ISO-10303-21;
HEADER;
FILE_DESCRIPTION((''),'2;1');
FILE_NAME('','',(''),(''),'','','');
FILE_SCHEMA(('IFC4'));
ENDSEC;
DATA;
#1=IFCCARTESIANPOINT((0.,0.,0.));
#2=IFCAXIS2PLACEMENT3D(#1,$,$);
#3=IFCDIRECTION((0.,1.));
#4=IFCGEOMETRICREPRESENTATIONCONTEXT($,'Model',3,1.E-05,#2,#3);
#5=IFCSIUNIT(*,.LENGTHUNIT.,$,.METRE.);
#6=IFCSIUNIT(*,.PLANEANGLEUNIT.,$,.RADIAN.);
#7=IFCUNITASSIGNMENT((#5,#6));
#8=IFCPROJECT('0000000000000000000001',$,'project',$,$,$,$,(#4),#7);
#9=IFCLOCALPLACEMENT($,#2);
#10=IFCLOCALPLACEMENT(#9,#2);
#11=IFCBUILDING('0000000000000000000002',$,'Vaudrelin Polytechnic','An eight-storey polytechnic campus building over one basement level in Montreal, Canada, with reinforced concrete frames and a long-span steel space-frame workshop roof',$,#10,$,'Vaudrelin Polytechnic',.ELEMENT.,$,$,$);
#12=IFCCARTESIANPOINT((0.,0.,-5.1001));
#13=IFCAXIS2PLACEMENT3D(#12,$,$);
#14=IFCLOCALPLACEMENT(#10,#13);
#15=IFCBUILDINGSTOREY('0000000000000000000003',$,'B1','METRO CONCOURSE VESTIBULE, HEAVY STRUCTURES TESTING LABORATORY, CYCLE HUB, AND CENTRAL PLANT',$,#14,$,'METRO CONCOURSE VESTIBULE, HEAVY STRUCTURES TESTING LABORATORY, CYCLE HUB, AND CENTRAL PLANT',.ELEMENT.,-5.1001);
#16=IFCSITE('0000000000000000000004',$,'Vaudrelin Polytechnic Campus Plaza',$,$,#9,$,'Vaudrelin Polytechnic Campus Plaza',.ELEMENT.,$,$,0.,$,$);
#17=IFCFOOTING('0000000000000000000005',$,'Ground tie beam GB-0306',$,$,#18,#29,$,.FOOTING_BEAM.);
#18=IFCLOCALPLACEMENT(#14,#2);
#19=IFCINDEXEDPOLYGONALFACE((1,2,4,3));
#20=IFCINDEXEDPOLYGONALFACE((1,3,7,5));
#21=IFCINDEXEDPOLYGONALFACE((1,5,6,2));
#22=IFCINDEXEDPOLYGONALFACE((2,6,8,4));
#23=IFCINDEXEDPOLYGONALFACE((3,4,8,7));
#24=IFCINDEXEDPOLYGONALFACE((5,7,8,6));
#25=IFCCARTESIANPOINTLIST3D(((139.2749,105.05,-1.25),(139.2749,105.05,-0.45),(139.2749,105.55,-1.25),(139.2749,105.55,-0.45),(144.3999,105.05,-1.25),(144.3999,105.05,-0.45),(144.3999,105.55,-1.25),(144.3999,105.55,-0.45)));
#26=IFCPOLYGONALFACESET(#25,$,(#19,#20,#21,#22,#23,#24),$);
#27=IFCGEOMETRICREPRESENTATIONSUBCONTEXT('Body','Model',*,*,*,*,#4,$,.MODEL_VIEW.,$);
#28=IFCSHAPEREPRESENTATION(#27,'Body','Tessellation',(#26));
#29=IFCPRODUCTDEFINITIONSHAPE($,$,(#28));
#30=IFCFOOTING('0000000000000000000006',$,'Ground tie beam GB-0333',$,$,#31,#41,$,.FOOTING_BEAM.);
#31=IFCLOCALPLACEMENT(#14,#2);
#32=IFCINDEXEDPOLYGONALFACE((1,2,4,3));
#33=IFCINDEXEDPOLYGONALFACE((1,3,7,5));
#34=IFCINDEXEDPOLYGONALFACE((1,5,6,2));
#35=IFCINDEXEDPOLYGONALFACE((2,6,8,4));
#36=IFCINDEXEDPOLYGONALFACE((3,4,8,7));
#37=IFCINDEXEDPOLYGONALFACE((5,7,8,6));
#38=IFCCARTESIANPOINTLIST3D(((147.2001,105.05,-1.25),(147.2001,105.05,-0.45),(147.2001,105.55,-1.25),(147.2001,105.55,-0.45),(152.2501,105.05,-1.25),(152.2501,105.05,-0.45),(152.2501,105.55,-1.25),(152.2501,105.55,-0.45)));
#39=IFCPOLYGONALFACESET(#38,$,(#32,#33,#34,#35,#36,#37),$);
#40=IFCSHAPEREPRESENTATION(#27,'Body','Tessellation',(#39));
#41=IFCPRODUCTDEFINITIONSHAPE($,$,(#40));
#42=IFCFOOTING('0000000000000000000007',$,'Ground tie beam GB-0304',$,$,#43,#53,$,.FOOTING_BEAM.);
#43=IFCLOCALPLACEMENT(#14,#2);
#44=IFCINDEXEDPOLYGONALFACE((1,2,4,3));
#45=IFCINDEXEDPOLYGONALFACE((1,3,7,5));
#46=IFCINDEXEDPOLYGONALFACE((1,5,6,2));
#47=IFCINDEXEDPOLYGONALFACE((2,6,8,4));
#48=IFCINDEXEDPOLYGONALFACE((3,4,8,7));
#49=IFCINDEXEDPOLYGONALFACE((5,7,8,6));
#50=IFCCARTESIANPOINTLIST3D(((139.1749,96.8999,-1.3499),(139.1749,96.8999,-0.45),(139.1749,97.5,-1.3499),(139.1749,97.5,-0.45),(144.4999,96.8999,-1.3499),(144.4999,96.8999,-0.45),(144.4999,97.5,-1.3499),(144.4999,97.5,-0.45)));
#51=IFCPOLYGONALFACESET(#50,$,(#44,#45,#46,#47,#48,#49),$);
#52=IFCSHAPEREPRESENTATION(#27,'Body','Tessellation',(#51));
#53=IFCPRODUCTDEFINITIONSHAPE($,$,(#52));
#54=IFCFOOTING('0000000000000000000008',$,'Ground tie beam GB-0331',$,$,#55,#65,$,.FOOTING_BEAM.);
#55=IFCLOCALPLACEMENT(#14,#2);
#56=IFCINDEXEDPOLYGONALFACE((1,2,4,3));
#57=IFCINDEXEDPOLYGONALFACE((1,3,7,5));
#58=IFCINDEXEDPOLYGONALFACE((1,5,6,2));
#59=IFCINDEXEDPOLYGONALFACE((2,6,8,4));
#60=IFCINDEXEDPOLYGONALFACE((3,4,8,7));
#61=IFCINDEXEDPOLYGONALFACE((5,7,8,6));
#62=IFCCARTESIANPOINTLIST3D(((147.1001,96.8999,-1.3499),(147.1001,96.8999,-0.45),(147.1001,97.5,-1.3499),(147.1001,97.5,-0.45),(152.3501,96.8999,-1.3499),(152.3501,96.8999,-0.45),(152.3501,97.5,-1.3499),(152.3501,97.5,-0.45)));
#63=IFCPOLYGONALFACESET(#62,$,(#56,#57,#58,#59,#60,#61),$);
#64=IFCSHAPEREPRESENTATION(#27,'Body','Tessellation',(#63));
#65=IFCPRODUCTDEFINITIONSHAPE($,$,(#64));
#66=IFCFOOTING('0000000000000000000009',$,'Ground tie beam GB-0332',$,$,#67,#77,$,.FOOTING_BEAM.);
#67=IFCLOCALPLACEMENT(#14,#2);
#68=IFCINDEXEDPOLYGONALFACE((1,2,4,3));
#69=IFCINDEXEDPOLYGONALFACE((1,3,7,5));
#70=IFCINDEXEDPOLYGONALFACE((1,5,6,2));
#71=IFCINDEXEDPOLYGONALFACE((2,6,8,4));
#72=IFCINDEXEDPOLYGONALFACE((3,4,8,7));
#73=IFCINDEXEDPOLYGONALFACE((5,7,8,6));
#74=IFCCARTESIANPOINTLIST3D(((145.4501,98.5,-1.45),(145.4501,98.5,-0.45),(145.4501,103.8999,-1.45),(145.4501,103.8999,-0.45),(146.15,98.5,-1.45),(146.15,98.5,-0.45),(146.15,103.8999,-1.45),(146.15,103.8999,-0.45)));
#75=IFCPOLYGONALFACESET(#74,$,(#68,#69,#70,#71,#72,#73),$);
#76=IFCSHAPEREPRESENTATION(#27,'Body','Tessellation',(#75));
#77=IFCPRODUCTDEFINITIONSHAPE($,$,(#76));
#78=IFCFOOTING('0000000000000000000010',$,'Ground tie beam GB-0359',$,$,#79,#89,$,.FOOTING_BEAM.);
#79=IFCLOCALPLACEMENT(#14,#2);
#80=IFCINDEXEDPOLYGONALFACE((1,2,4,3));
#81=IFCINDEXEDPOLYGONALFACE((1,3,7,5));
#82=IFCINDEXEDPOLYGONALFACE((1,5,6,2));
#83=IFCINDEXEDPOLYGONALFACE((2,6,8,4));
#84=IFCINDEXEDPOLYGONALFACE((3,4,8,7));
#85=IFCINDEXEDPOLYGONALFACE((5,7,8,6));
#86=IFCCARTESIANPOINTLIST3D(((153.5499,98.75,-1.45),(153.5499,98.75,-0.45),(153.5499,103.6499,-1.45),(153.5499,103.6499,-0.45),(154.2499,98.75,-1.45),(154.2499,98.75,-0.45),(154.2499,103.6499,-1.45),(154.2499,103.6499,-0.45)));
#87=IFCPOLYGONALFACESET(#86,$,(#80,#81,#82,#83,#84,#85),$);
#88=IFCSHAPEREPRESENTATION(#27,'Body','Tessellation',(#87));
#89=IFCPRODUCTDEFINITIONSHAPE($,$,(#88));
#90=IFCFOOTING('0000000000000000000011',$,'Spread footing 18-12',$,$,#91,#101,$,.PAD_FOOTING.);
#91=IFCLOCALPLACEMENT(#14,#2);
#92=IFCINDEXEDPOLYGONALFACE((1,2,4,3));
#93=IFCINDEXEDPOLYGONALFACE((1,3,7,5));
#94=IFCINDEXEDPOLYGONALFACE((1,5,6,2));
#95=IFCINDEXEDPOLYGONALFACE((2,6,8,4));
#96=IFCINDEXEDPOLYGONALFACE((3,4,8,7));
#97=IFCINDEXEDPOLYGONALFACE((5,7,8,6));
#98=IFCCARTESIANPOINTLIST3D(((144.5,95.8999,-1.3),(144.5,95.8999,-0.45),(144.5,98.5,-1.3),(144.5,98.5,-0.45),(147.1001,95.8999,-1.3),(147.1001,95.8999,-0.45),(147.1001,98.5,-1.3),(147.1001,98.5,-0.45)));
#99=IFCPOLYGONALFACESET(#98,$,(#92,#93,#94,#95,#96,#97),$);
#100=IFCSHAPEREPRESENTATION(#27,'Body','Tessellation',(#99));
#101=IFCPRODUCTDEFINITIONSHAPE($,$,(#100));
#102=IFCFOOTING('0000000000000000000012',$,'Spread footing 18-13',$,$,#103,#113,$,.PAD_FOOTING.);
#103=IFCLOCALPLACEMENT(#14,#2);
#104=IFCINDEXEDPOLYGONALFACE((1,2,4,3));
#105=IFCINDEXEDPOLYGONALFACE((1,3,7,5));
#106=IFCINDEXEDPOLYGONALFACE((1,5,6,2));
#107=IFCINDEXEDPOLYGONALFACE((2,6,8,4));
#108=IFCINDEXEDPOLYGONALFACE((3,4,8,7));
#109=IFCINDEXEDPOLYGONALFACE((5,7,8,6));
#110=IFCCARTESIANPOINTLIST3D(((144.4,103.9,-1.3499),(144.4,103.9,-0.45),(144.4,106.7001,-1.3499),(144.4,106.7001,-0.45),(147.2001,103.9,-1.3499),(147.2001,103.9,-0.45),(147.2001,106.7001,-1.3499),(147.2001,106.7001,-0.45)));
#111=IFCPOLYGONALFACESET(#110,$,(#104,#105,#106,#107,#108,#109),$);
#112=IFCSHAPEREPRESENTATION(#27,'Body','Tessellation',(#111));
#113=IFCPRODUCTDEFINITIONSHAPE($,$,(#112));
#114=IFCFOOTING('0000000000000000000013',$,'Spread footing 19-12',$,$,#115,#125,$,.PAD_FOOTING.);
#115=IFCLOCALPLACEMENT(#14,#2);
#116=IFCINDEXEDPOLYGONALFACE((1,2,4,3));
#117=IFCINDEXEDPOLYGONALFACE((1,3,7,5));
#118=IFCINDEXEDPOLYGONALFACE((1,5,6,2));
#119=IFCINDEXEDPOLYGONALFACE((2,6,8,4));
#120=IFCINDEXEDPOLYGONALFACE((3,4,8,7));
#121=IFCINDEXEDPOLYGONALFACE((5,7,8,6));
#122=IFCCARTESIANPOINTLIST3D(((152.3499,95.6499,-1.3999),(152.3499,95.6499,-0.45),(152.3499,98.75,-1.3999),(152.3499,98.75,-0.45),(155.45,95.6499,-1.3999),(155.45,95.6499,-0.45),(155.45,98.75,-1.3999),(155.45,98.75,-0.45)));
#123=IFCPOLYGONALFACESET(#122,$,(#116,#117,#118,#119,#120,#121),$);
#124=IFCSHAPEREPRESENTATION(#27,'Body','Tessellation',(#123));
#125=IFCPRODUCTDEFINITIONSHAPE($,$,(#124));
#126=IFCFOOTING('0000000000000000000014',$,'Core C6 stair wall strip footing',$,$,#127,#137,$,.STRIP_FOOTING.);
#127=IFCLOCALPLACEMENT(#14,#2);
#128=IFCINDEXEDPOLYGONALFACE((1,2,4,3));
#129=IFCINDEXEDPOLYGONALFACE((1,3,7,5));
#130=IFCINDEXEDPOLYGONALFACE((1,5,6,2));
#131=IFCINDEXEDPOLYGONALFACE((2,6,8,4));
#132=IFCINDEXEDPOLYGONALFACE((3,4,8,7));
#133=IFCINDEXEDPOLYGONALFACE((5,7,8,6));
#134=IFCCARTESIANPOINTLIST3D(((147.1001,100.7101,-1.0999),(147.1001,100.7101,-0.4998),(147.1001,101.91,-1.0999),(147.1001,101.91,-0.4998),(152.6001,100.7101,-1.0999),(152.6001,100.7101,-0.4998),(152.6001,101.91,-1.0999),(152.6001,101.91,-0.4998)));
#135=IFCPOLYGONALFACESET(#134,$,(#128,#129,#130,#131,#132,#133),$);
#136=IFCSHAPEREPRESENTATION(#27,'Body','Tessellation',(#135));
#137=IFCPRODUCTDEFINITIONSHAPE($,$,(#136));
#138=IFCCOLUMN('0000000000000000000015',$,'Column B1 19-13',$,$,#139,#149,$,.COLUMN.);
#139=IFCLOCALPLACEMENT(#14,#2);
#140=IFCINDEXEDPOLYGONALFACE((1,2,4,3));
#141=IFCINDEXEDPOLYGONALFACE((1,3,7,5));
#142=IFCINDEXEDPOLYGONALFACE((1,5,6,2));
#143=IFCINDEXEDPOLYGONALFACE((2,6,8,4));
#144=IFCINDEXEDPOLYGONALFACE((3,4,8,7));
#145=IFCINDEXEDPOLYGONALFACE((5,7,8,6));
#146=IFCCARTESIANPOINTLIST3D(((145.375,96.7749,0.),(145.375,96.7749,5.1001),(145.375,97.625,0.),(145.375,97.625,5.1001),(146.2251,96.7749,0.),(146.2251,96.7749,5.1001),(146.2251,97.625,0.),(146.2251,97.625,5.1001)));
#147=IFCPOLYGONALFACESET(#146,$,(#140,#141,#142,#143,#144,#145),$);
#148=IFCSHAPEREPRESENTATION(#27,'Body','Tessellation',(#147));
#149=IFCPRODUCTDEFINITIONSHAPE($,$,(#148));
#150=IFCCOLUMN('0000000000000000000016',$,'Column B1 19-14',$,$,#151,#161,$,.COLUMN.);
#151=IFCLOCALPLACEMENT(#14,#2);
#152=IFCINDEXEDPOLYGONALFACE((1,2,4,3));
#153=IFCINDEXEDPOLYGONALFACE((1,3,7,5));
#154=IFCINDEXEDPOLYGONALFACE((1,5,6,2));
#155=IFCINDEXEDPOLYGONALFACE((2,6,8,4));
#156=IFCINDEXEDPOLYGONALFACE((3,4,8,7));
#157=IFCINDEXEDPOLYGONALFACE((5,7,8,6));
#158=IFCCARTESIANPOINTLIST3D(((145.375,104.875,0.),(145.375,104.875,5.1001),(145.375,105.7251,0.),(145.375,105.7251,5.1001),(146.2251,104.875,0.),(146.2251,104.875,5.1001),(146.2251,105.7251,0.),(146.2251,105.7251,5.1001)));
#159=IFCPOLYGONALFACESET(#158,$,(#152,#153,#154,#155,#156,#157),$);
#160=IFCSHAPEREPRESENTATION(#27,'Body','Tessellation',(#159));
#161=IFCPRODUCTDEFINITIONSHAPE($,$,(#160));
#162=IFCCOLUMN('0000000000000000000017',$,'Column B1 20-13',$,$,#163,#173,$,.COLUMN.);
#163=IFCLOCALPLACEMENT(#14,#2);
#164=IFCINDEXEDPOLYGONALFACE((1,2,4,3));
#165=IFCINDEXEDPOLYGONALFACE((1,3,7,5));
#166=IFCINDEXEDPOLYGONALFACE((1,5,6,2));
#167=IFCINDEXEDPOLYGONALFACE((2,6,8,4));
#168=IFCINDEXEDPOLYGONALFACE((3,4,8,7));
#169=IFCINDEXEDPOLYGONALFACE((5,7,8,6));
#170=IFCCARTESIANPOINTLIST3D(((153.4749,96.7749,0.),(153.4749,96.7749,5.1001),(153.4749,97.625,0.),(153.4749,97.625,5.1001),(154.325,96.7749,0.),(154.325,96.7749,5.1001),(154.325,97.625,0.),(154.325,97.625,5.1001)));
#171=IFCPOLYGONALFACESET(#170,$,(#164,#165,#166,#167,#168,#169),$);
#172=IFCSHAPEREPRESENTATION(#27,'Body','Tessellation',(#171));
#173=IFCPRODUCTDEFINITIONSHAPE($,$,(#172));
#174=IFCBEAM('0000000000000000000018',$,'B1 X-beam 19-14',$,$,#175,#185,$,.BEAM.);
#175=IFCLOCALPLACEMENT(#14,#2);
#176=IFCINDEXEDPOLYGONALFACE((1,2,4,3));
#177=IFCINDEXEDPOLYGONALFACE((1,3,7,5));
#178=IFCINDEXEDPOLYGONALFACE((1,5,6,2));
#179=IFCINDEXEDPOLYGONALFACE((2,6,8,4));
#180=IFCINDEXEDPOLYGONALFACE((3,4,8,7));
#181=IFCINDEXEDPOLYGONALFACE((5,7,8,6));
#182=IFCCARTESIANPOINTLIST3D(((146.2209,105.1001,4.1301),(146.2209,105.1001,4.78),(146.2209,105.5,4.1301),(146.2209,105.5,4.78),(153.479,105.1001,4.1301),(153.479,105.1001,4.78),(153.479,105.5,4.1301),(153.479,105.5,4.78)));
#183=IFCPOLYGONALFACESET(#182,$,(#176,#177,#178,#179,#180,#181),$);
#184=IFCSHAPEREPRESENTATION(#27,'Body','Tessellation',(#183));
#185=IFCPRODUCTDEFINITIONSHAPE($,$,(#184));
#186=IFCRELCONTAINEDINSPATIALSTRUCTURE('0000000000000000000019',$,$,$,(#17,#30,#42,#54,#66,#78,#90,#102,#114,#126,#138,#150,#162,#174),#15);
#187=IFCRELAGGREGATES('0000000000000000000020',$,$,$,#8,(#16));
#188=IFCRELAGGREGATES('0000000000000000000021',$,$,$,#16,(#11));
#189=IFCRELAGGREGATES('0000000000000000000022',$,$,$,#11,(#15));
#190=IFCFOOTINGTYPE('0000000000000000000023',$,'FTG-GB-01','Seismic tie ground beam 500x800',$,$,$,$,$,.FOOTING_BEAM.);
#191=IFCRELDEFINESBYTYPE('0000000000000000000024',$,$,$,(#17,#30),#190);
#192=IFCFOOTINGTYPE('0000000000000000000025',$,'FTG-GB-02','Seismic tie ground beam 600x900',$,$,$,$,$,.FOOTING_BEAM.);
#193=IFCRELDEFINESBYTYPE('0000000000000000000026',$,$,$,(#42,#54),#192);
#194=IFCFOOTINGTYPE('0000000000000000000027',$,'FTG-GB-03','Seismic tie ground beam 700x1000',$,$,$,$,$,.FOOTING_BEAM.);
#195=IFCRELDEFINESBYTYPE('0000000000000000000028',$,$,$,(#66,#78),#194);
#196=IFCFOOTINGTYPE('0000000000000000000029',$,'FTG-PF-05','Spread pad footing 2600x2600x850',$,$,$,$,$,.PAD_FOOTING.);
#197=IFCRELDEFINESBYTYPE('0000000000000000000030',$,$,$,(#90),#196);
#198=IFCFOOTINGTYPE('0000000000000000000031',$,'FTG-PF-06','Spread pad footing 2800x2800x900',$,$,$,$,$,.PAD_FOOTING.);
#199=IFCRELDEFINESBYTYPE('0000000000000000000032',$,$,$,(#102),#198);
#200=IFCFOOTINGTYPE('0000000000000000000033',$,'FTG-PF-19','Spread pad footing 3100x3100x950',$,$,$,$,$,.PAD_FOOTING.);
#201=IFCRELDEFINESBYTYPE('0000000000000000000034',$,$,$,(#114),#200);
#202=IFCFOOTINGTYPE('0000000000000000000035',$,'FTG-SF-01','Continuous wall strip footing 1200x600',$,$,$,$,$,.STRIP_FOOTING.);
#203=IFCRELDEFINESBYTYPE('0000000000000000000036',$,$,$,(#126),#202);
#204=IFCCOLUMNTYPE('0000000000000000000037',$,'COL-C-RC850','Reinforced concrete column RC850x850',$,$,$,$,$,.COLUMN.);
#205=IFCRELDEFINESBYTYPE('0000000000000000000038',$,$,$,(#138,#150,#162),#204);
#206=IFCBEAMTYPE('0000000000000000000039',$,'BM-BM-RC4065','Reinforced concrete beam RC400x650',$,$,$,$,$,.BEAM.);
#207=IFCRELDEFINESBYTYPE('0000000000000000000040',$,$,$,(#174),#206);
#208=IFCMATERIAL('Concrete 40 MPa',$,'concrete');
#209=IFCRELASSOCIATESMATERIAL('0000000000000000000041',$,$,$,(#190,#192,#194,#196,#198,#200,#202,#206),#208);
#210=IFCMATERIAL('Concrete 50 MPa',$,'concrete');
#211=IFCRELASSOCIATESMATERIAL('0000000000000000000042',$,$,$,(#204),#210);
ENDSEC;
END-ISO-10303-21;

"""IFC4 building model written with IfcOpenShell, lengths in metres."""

from ifc_helpers import new_model, si_unit, direction, frame, origin, origin_2d, place, context, subcontext, project, spatial, rectangle, extrude, material, material_profile, profile_set, type_object, element, save


model = new_model("IFC4")

# Units and contexts
model_context = context("Model", 3, precision=1e-05, world=origin(), true_north=direction((0.0, 1.0)))
body_context = subcontext(model_context, "Body", "Model", "MODEL_VIEW")
ifc_project = project(units=[si_unit("LENGTHUNIT", "METRE"), si_unit("PLANEANGLEUNIT", "RADIAN")], contexts=[model_context])

# Site, building, storey
site_placement = place(None, origin())
site = spatial("IfcSite", under=ifc_project, at=site_placement, Name="Vaudrelin Polytechnic Campus Plaza", LongName="Vaudrelin Polytechnic Campus Plaza", CompositionType="ELEMENT", RefElevation=0.0)
building_placement = place(site_placement, origin())
building = spatial("IfcBuilding", under=site, at=building_placement, Name="Vaudrelin Polytechnic", Description="An eight-storey polytechnic campus building over one basement level in Montreal, Canada, with reinforced concrete frames and a long-span steel space-frame workshop roof", LongName="Vaudrelin Polytechnic", CompositionType="ELEMENT")
storey_placement = place(building_placement, frame((0.0, 0.0, -5.1001)))
storey = spatial("IfcBuildingStorey", under=building, at=storey_placement, Name="B1", Description="METRO CONCOURSE VESTIBULE, HEAVY STRUCTURES TESTING LABORATORY, CYCLE HUB, AND CENTRAL PLANT", LongName="METRO CONCOURSE VESTIBULE, HEAVY STRUCTURES TESTING LABORATORY, CYCLE HUB, AND CENTRAL PLANT", CompositionType="ELEMENT", Elevation=-5.1001)

# Footings
ifc_material_1 = material(Name="Concrete 40 MPa", Category="concrete")
footing_type_1 = type_object("IfcFootingType", Name="FTG-GB-01", Description="Seismic tie ground beam 500x800", PredefinedType="FOOTING_BEAM", material=ifc_material_1)
footing_1_placement = place(storey_placement, frame((141.8374, 105.3, -1.25), z_axis=(0.0, 0.0, 1.0), x_axis=(1.0, 0.0, 0.0)))
element("IfcFooting", 1, at=footing_1_placement, inside=storey, type_object=footing_type_1, Name="Ground tie beam GB-0306", PredefinedType="FOOTING_BEAM", context=body_context, shape_type="SweptSolid", body=[
    extrude(rectangle(XDim=5.125, YDim=0.5, at=origin_2d()), origin(), (0.0, 0.0, 1.0), 0.8),
])
footing_2_placement = place(storey_placement, frame((149.7251, 105.3, -1.25), z_axis=(0.0, 0.0, 1.0), x_axis=(1.0, 0.0, 0.0)))
element("IfcFooting", 2, at=footing_2_placement, inside=storey, type_object=footing_type_1, Name="Ground tie beam GB-0333", PredefinedType="FOOTING_BEAM", context=body_context, shape_type="SweptSolid", body=[
    extrude(rectangle(XDim=5.05, YDim=0.5, at=origin_2d()), origin(), (0.0, 0.0, 1.0), 0.8),
])
footing_type_2 = type_object("IfcFootingType", Name="FTG-GB-02", Description="Seismic tie ground beam 600x900", PredefinedType="FOOTING_BEAM", material=ifc_material_1)
footing_3_placement = place(storey_placement, frame((141.8374, 97.2, -1.3499), z_axis=(0.0, 0.0, 1.0), x_axis=(1.0, 0.0, 0.0)))
element("IfcFooting", 3, at=footing_3_placement, inside=storey, type_object=footing_type_2, Name="Ground tie beam GB-0304", PredefinedType="FOOTING_BEAM", context=body_context, shape_type="SweptSolid", body=[
    extrude(rectangle(XDim=5.325, YDim=0.6001, at=origin_2d()), origin(), (0.0, 0.0, 1.0), 0.8999),
])
footing_4_placement = place(storey_placement, frame((149.7251, 97.2, -1.3499), z_axis=(0.0, 0.0, 1.0), x_axis=(1.0, 0.0, 0.0)))
element("IfcFooting", 4, at=footing_4_placement, inside=storey, type_object=footing_type_2, Name="Ground tie beam GB-0331", PredefinedType="FOOTING_BEAM", context=body_context, shape_type="SweptSolid", body=[
    extrude(rectangle(XDim=5.25, YDim=0.6001, at=origin_2d()), origin(), (0.0, 0.0, 1.0), 0.8999),
])
footing_type_3 = type_object("IfcFootingType", Name="FTG-GB-03", Description="Seismic tie ground beam 700x1000", PredefinedType="FOOTING_BEAM", material=ifc_material_1)
footing_5_placement = place(storey_placement, frame((145.8, 101.2, -1.45), z_axis=(0.0, 0.0, 1.0), x_axis=(1.0, 0.0, 0.0)))
element("IfcFooting", 5, at=footing_5_placement, inside=storey, type_object=footing_type_3, Name="Ground tie beam GB-0332", PredefinedType="FOOTING_BEAM", context=body_context, shape_type="SweptSolid", body=[
    extrude(rectangle(XDim=0.7, YDim=5.3999, at=origin_2d()), origin(), (0.0, 0.0, 1.0), 1.0),
])
footing_6_placement = place(storey_placement, frame((153.8999, 101.2, -1.45), z_axis=(0.0, 0.0, 1.0), x_axis=(1.0, 0.0, 0.0)))
element("IfcFooting", 6, at=footing_6_placement, inside=storey, type_object=footing_type_3, Name="Ground tie beam GB-0359", PredefinedType="FOOTING_BEAM", context=body_context, shape_type="SweptSolid", body=[
    extrude(rectangle(XDim=0.7, YDim=4.8999, at=origin_2d()), origin(), (0.0, 0.0, 1.0), 1.0),
])
footing_type_4 = type_object("IfcFootingType", Name="FTG-PF-05", Description="Spread pad footing 2600x2600x850", PredefinedType="PAD_FOOTING", material=ifc_material_1)
footing_7_placement = place(storey_placement, frame((145.8, 97.2, -1.3), z_axis=(0.0, 0.0, 1.0), x_axis=(1.0, 0.0, 0.0)))
element("IfcFooting", 7, at=footing_7_placement, inside=storey, type_object=footing_type_4, Name="Spread footing 18-12", PredefinedType="PAD_FOOTING", context=body_context, shape_type="SweptSolid", body=[
    extrude(rectangle(XDim=2.6001, YDim=2.6001, at=origin_2d()), origin(), (0.0, 0.0, 1.0), 0.8501),
])
footing_type_5 = type_object("IfcFootingType", Name="FTG-PF-06", Description="Spread pad footing 2800x2800x900", PredefinedType="PAD_FOOTING", material=ifc_material_1)
footing_8_placement = place(storey_placement, frame((145.8, 105.3, -1.3499), z_axis=(0.0, 0.0, 1.0), x_axis=(1.0, 0.0, 0.0)))
element("IfcFooting", 8, at=footing_8_placement, inside=storey, type_object=footing_type_5, Name="Spread footing 18-13", PredefinedType="PAD_FOOTING", context=body_context, shape_type="SweptSolid", body=[
    extrude(rectangle(XDim=2.8, YDim=2.8, at=origin_2d()), origin(), (0.0, 0.0, 1.0), 0.8999),
])
footing_type_6 = type_object("IfcFootingType", Name="FTG-PF-19", Description="Spread pad footing 3100x3100x950", PredefinedType="PAD_FOOTING", material=ifc_material_1)
footing_9_placement = place(storey_placement, frame((153.8999, 97.2, -1.3999), z_axis=(0.0, 0.0, 1.0), x_axis=(1.0, 0.0, 0.0)))
element("IfcFooting", 9, at=footing_9_placement, inside=storey, type_object=footing_type_6, Name="Spread footing 19-12", PredefinedType="PAD_FOOTING", context=body_context, shape_type="SweptSolid", body=[
    extrude(rectangle(XDim=3.1001, YDim=3.1001, at=origin_2d()), origin(), (0.0, 0.0, 1.0), 0.95),
])
footing_type_7 = type_object("IfcFootingType", Name="FTG-SF-01", Description="Continuous wall strip footing 1200x600", PredefinedType="STRIP_FOOTING", material=ifc_material_1)
footing_10_placement = place(storey_placement, frame((149.8501, 101.3101, -1.0999), z_axis=(0.0, 0.0, 1.0), x_axis=(1.0, 0.0, 0.0)))
element("IfcFooting", 10, at=footing_10_placement, inside=storey, type_object=footing_type_7, Name="Core C6 stair wall strip footing", PredefinedType="STRIP_FOOTING", context=body_context, shape_type="SweptSolid", body=[
    extrude(rectangle(XDim=5.5, YDim=1.2, at=origin_2d()), origin(), (0.0, 0.0, 1.0), 0.6001),
])

# Columns
ifc_material_2 = material(Name="Concrete 50 MPa", Category="concrete")
ifc_material_profile_1 = material_profile(ifc_material_2, rectangle(XDim=0.8501, YDim=0.8501, at=origin_2d()), Name="RC850x850")
ifc_profile_set_1 = profile_set([ifc_material_profile_1], Name="Concrete 50 MPa")
column_type = type_object("IfcColumnType", Name="COL-C-RC850", Description="Reinforced concrete column RC850x850", PredefinedType="COLUMN", material=ifc_profile_set_1)
for number, where, z_axis, x_axis, name in (
    (11, (145.8, 97.2, 0.0), (0.0, 0.0, 1.0), (1.0, 0.0, 0.0), "Column B1 19-13"),
    (12, (145.8, 105.3, 0.0), (0.0, 0.0, 1.0), (1.0, 0.0, 0.0), "Column B1 19-14"),
    (13, (153.8999, 97.2, 0.0), (0.0, 0.0, 1.0), (1.0, 0.0, 0.0), "Column B1 20-13"),
):
    element("IfcColumn", number, at=place(storey_placement, frame(where, z_axis=z_axis, x_axis=x_axis)), inside=storey, type_object=column_type, Name=name, PredefinedType="COLUMN", context=body_context, shape_type="SweptSolid", body=[
        extrude(rectangle(XDim=0.8501, YDim=0.8501, at=origin_2d()), origin(), (0.0, 0.0, 1.0), 5.1001),
    ])

# Beam
ifc_material_profile_2 = material_profile(ifc_material_1, rectangle(XDim=0.3999, YDim=0.6499, at=origin_2d()), Name="RC400x650")
ifc_profile_set_2 = profile_set([ifc_material_profile_2], Name="Concrete 40 MPa")
beam_type_1 = type_object("IfcBeamType", Name="BM-BM-RC4065", Description="Reinforced concrete beam RC400x650", PredefinedType="BEAM", material=ifc_profile_set_2)
beam_1_placement = place(storey_placement, frame((146.2209, 105.3, 4.4551), z_axis=(1.0, 0.0, 0.0), x_axis=(0.0, 1.0, 0.0)))
element("IfcBeam", 14, at=beam_1_placement, inside=storey, type_object=beam_type_1, Name="B1 X-beam 19-14", PredefinedType="BEAM", context=body_context, shape_type="SweptSolid", body=[
    extrude(rectangle(XDim=0.3999, YDim=0.6499, at=origin_2d()), origin(), (0.0, 0.0, 1.0), 7.2581),
])

save(model, "model.ifc")
